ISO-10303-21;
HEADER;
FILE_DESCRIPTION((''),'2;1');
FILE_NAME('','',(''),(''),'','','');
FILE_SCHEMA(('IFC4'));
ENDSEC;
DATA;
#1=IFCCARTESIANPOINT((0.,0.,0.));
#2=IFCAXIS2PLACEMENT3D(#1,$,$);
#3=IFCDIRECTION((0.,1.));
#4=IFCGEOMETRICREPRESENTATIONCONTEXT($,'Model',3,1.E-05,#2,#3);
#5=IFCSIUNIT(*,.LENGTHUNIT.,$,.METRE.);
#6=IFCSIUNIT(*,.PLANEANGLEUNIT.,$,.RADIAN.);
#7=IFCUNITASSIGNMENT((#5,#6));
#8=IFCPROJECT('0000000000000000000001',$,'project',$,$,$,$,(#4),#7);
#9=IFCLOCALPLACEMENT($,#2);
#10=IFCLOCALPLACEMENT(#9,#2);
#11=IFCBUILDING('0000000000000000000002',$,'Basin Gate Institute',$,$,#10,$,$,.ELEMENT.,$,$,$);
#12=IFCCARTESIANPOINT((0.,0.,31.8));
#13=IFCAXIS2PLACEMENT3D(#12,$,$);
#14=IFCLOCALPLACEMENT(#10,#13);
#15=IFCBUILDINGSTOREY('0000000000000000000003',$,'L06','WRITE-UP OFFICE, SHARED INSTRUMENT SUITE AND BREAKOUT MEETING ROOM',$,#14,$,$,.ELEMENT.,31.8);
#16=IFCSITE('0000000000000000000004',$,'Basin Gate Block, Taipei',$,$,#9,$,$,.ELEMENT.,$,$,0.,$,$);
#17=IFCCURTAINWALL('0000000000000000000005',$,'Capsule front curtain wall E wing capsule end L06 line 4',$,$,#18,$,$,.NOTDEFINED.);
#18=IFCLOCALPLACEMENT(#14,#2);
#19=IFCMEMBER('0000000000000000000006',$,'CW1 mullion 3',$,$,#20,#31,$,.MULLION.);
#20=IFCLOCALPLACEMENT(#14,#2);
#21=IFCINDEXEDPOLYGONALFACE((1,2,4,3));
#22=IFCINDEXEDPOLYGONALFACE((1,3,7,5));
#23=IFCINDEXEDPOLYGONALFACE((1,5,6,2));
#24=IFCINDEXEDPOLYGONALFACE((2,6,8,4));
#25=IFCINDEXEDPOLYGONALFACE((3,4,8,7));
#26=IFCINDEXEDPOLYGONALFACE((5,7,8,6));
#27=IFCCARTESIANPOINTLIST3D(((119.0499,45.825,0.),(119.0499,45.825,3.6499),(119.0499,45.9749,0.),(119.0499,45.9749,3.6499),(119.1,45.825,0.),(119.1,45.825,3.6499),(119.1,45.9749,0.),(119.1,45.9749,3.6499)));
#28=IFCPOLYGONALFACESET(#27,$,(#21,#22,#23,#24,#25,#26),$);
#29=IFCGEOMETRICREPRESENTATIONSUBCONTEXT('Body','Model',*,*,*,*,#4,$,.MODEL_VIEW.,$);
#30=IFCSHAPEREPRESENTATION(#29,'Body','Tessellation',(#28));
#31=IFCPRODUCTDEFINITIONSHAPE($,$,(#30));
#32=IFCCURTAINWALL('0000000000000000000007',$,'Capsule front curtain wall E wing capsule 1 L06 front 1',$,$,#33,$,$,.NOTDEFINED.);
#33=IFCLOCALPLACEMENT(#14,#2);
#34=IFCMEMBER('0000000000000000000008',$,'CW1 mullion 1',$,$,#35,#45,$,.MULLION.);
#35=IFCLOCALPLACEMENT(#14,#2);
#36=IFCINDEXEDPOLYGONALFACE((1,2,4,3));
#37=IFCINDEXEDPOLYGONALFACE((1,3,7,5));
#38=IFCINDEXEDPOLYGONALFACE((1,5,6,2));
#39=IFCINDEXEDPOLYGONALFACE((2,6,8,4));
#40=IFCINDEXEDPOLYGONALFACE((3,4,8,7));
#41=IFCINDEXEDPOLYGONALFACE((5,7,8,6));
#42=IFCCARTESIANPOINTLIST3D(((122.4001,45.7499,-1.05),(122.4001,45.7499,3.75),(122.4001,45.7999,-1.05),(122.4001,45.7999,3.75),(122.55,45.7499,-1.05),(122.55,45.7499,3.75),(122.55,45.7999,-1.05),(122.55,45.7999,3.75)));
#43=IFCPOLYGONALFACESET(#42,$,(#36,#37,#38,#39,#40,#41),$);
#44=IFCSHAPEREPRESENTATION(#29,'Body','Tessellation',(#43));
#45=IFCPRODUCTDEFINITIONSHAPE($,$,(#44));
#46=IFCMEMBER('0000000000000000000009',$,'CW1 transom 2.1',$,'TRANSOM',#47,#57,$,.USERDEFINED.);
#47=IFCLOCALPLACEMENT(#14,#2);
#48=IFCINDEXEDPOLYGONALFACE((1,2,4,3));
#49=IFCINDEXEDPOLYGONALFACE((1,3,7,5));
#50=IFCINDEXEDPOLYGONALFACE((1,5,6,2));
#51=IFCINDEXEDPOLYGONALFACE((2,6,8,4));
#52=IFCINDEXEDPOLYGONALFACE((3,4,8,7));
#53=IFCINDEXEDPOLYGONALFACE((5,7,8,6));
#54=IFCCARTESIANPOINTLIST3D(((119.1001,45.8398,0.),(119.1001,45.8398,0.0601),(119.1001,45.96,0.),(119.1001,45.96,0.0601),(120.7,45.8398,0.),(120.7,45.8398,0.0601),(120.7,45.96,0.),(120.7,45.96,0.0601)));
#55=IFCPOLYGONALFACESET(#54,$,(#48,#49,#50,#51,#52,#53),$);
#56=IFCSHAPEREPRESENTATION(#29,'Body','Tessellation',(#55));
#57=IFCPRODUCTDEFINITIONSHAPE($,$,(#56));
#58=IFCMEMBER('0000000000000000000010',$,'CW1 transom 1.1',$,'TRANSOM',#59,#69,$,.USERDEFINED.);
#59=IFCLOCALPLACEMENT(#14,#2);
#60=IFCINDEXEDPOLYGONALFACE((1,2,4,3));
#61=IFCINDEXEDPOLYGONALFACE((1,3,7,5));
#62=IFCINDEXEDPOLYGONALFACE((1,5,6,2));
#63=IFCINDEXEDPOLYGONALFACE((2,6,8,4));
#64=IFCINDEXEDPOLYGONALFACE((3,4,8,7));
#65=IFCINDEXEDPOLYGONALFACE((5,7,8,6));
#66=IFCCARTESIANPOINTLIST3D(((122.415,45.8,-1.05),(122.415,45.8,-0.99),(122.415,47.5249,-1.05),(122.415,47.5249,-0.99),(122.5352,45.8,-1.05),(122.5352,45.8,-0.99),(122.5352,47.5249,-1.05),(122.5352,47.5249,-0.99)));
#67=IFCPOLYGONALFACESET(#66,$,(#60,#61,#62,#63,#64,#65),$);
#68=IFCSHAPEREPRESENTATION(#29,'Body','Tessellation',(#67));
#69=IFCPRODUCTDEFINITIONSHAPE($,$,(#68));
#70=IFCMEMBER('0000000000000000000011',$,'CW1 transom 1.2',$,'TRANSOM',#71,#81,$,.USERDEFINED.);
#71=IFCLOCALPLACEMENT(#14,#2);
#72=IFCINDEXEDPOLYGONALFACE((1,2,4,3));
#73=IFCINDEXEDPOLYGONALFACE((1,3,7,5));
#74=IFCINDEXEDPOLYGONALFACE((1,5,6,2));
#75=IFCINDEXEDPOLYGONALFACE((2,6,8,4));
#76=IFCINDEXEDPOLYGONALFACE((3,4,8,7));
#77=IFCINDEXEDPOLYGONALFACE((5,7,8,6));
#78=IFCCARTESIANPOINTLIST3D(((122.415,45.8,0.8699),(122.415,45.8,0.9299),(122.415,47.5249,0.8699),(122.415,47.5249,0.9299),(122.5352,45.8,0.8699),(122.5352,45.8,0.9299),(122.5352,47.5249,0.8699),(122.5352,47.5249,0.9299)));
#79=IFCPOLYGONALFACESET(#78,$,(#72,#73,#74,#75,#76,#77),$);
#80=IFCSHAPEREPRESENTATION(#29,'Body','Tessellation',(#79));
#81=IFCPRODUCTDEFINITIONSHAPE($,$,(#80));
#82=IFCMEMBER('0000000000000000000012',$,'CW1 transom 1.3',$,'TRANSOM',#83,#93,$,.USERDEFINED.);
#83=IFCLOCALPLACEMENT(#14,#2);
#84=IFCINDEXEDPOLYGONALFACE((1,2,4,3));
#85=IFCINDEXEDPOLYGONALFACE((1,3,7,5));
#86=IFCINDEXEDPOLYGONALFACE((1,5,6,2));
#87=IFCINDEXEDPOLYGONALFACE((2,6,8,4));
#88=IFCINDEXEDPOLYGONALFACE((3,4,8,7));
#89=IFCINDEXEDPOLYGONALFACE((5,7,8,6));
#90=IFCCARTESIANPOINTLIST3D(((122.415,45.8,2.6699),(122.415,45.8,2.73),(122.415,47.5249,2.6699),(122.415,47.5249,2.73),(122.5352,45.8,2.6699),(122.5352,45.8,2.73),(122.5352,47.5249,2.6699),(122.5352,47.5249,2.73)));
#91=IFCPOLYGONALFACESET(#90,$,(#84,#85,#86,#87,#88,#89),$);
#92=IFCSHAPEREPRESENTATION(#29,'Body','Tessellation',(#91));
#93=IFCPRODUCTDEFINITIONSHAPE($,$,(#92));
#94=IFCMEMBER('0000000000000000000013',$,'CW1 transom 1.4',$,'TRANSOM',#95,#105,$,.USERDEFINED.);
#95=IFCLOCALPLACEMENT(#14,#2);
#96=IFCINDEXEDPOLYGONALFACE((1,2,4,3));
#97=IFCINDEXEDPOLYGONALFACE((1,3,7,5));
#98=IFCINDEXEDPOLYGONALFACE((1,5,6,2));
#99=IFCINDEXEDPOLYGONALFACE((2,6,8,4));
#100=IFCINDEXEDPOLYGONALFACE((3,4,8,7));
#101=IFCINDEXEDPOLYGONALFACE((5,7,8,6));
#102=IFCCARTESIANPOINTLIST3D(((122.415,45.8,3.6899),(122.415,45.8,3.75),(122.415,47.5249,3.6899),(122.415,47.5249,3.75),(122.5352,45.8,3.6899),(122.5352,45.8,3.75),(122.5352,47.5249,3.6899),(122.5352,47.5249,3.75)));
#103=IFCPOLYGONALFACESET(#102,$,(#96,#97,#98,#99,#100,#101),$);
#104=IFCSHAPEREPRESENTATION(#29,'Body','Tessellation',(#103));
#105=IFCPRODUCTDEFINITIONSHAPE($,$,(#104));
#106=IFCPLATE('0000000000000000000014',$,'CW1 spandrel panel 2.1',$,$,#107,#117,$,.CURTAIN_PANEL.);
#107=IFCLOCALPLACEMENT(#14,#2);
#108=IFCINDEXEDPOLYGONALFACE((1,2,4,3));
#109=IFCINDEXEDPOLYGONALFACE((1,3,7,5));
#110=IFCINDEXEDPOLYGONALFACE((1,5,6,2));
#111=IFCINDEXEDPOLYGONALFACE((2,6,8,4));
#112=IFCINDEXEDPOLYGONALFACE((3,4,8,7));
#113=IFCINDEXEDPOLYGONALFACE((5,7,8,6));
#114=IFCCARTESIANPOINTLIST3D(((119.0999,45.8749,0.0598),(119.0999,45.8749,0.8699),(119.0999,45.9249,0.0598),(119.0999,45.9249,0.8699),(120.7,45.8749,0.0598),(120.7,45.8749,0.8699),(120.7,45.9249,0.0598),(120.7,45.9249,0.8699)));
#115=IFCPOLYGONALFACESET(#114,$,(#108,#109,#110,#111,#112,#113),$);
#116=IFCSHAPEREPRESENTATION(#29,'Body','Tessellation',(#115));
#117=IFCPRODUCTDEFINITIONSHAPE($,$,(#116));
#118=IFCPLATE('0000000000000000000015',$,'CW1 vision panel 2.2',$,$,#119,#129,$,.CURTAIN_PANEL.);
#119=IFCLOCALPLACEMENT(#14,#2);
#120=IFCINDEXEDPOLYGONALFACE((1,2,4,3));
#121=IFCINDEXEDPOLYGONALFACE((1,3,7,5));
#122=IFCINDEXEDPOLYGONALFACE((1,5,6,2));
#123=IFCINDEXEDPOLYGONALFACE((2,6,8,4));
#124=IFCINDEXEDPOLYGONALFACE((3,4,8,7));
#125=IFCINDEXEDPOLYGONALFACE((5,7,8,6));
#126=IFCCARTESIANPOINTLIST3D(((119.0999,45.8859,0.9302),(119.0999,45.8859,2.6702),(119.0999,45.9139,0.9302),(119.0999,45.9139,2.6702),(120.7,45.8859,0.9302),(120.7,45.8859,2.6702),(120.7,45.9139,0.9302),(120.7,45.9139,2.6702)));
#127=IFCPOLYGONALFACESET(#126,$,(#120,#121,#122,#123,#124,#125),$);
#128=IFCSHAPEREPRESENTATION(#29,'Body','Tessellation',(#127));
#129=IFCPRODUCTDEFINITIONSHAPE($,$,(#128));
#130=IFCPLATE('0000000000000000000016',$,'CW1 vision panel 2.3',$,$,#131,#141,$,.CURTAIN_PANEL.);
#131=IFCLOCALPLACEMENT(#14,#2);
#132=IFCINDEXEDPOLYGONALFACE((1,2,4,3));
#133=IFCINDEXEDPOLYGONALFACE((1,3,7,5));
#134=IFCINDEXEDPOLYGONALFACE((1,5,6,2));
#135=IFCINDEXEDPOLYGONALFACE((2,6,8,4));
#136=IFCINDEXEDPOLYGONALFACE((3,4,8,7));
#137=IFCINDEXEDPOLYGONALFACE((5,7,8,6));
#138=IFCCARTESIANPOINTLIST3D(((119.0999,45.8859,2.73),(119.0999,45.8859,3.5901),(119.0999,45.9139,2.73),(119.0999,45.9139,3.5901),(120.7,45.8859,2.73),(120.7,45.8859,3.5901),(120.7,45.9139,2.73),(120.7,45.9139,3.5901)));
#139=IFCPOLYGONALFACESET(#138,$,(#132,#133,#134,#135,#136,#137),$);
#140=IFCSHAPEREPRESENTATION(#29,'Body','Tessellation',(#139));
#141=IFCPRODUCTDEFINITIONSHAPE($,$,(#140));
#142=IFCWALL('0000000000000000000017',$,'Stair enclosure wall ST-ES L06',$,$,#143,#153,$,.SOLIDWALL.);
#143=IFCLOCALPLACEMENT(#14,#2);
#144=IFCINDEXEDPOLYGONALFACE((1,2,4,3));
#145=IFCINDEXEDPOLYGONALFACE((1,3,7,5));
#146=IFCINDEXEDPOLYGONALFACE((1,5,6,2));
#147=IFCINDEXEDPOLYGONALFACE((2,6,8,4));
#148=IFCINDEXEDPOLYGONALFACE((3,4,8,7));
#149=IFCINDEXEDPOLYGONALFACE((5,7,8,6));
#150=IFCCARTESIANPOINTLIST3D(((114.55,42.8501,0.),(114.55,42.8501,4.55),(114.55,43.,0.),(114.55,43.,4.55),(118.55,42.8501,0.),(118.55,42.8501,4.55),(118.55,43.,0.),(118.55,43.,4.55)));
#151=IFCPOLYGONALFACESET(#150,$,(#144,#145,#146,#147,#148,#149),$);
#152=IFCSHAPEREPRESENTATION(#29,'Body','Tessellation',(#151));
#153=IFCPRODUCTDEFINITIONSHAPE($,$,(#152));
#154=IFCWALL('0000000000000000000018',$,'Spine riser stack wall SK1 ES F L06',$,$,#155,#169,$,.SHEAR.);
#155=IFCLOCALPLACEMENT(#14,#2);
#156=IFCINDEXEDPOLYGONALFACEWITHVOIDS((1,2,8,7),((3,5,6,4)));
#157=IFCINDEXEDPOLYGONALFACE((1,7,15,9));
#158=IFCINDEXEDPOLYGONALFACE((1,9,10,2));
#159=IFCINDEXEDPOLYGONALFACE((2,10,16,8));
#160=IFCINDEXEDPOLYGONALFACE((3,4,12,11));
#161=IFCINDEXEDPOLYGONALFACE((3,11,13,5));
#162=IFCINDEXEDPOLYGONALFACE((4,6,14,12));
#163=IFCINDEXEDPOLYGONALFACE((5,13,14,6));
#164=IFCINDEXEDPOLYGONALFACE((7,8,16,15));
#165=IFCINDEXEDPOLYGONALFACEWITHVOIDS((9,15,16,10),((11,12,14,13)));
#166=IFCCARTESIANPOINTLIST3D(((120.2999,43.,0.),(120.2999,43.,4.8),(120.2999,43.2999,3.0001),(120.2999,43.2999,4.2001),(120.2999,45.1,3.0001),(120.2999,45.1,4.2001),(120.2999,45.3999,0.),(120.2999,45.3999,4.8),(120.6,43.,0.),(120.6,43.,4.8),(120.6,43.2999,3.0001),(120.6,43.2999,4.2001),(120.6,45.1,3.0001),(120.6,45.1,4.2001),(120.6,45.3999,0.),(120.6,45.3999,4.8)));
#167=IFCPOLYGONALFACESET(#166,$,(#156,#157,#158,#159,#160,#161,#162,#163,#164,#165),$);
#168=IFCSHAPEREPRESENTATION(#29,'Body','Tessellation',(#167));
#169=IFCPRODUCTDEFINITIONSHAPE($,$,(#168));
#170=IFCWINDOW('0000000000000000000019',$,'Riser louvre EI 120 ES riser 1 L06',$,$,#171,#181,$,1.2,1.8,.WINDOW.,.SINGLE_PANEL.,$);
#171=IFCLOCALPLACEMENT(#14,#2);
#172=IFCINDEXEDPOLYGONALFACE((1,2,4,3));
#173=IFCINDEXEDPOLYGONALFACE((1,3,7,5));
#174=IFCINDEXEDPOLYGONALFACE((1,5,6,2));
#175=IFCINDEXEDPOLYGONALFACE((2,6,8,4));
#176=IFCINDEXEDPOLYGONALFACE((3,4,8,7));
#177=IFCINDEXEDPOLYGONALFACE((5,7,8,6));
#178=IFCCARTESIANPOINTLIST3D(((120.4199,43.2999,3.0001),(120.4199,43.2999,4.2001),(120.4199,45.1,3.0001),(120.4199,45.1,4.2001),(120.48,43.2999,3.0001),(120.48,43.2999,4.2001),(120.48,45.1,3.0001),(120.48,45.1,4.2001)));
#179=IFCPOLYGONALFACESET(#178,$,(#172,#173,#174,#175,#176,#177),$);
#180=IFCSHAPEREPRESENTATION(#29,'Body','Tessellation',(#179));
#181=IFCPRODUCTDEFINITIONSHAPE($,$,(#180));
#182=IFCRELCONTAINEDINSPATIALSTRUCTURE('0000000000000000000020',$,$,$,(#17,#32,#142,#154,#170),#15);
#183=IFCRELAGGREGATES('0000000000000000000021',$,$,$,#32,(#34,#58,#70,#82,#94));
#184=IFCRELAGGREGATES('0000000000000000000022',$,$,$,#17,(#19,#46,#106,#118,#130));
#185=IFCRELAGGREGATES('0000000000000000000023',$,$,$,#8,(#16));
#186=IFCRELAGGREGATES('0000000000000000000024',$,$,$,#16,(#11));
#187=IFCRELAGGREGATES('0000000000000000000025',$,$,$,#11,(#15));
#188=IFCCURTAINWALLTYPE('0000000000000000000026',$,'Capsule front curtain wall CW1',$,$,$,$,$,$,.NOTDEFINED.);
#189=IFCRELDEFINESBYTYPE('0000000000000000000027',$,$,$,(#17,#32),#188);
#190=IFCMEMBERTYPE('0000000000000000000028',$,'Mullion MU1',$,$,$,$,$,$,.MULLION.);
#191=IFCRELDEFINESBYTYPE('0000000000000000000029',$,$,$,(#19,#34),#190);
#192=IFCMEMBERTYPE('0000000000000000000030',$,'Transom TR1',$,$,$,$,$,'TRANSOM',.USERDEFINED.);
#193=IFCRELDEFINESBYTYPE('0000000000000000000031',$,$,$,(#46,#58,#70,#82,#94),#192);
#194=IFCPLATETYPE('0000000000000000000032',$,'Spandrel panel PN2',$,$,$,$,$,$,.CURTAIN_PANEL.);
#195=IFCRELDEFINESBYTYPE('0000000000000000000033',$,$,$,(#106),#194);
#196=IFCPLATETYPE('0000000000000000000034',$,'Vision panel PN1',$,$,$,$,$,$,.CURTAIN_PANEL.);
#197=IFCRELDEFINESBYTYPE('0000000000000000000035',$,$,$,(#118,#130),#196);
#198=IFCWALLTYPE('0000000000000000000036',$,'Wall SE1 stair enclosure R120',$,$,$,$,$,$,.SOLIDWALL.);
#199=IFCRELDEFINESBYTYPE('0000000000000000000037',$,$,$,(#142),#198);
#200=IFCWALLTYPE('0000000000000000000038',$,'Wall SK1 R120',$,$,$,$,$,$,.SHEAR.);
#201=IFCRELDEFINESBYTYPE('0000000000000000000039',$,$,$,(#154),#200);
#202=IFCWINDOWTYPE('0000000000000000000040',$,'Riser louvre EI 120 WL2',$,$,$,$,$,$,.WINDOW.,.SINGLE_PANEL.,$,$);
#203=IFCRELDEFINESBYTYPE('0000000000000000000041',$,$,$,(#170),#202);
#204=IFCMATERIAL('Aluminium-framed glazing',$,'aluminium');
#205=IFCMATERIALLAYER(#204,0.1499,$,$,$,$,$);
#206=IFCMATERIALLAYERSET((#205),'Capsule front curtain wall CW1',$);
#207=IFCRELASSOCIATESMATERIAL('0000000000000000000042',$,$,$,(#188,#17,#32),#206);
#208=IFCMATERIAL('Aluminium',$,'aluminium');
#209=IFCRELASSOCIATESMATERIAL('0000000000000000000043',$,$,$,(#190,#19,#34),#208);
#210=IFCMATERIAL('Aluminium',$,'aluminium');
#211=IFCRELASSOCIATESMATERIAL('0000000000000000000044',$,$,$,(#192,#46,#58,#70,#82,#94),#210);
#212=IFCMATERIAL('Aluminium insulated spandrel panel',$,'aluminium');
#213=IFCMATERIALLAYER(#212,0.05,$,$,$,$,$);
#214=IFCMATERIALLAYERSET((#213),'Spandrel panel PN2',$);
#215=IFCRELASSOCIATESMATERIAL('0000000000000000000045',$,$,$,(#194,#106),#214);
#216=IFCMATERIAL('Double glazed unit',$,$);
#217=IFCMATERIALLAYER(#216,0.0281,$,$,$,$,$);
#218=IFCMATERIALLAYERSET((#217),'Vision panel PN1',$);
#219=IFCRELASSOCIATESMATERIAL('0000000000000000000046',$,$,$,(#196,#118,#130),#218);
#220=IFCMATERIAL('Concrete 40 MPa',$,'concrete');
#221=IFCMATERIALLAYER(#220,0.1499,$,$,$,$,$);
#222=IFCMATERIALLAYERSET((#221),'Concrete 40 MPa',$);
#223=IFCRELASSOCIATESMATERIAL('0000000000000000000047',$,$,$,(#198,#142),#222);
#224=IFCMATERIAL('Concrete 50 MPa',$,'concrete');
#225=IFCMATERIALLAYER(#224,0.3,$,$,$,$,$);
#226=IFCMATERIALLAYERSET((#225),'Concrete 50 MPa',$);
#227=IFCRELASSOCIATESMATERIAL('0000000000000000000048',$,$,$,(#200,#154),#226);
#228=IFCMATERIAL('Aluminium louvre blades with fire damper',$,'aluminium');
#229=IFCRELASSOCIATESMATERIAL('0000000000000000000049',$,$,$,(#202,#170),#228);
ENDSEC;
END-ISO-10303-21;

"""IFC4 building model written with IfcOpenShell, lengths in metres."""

from ifc_helpers import new_model, si_unit, direction, frame, frame_2d, origin, origin_2d, place, context, subcontext, project, spatial, rectangle, extrude, material, layer, layer_set, material_profile, profile_set, type_object, element, fill, aggregate, save


model = new_model("IFC4")

# Units and contexts
model_context = context("Model", 3, precision=1e-05, world=origin(), true_north=direction((0.0, 1.0)))
body_context = subcontext(model_context, "Body", "Model", "MODEL_VIEW")
ifc_project = project(units=[si_unit("LENGTHUNIT", "METRE"), si_unit("PLANEANGLEUNIT", "RADIAN")], contexts=[model_context])

# Site, building, storey
site_placement = place(None, origin())
site = spatial("IfcSite", under=ifc_project, at=site_placement, Name="Basin Gate Block, Taipei", CompositionType="ELEMENT", RefElevation=0.0)
building_placement = place(site_placement, origin())
building = spatial("IfcBuilding", under=site, at=building_placement, Name="Basin Gate Institute", CompositionType="ELEMENT")
storey_placement = place(building_placement, frame((0.0, 0.0, 31.8)))
storey = spatial("IfcBuildingStorey", under=building, at=storey_placement, Name="L06", Description="WRITE-UP OFFICE, SHARED INSTRUMENT SUITE AND BREAKOUT MEETING ROOM", CompositionType="ELEMENT", Elevation=31.8)

# Curtain walls, members
ifc_material_1 = material(Name="Aluminium-framed glazing", Category="aluminium")
ifc_layer_1 = layer(ifc_material_1, 0.1499)
ifc_layer_set_1 = layer_set([ifc_layer_1], Name="Capsule front curtain wall CW1")
curtain_wall_type = type_object("IfcCurtainWallType", Name="Capsule front curtain wall CW1", PredefinedType="NOTDEFINED", material=ifc_layer_set_1)
curtain_wall_1_placement = place(storey_placement, origin())
curtain_wall_1 = element("IfcCurtainWall", 1, at=curtain_wall_1_placement, inside=storey, type_object=curtain_wall_type, material=ifc_layer_set_1, Name="Capsule front curtain wall E wing capsule end L06 line 4", PredefinedType="NOTDEFINED")
ifc_material_2 = material(Name="Aluminium", Category="aluminium")
ifc_material_profile_1 = material_profile(ifc_material_2, rectangle(XDim=0.1499, YDim=0.05, at=origin_2d()), Name="Mullion MU1 150 x 50")
ifc_profile_set_1 = profile_set([ifc_material_profile_1], Name="Aluminium")
member_type_1 = type_object("IfcMemberType", Name="Mullion MU1", PredefinedType="MULLION", material=ifc_profile_set_1)
member_1_placement = place(storey_placement, frame((119.075, 45.8999, 0.0), z_axis=(0.0, 0.0, 1.0), x_axis=(0.0, -1.0, 0.0)))
member_1 = element("IfcMember", 2, at=member_1_placement, type_object=member_type_1, material=ifc_profile_set_1, Name="CW1 mullion 3", PredefinedType="MULLION", context=body_context, shape_type="SweptSolid", body=[
    extrude(rectangle(XDim=0.1499, YDim=0.05, at=origin_2d()), origin(), (0.0, 0.0, 1.0), 3.6499),
])
curtain_wall_2_placement = place(storey_placement, origin())
curtain_wall_2 = element("IfcCurtainWall", 3, at=curtain_wall_2_placement, inside=storey, type_object=curtain_wall_type, material=ifc_layer_set_1, Name="Capsule front curtain wall E wing capsule 1 L06 front 1", PredefinedType="NOTDEFINED")
member_2_placement = place(storey_placement, frame((122.4751, 45.7749, -1.05), z_axis=(0.0, 0.0, 1.0), x_axis=(-1.0, 0.0, 0.0)))
member_2 = element("IfcMember", 4, at=member_2_placement, type_object=member_type_1, material=ifc_profile_set_1, Name="CW1 mullion 1", PredefinedType="MULLION", context=body_context, shape_type="SweptSolid", body=[
    extrude(rectangle(XDim=0.1499, YDim=0.05, at=origin_2d()), origin(), (0.0, 0.0, 1.0), 4.8),
])

# Members
ifc_material_3 = material(Name="Aluminium", Category="aluminium")
ifc_material_profile_2 = material_profile(ifc_material_3, rectangle(XDim=0.1201, YDim=0.0601, at=origin_2d()), Name="Transom TR1 120 x 60")
ifc_profile_set_2 = profile_set([ifc_material_profile_2], Name="Aluminium")
member_type_2 = type_object("IfcMemberType", Name="Transom TR1", ElementType="TRANSOM", PredefinedType="USERDEFINED", material=ifc_profile_set_2)
member_3_placement = place(storey_placement, frame((120.7, 45.8999, 0.03), z_axis=(-1.0, 0.0, 0.0), x_axis=(0.0, -1.0, 0.0)))
member_3 = element("IfcMember", 5, at=member_3_placement, type_object=member_type_2, material=ifc_profile_set_2, Name="CW1 transom 2.1", ObjectType="TRANSOM", PredefinedType="USERDEFINED", context=body_context, shape_type="SweptSolid", body=[
    extrude(rectangle(XDim=0.1201, YDim=0.0601, at=origin_2d()), origin(), (0.0, 0.0, 1.0), 1.5999),
])
member_4_placement = place(storey_placement, frame((122.4751, 45.8, -1.02), z_axis=(0.0, 1.0, 0.0), x_axis=(-1.0, 0.0, 0.0)))
member_4 = element("IfcMember", 6, at=member_4_placement, type_object=member_type_2, material=ifc_profile_set_2, Name="CW1 transom 1.1", ObjectType="TRANSOM", PredefinedType="USERDEFINED", context=body_context, shape_type="SweptSolid", body=[
    extrude(rectangle(XDim=0.1201, YDim=0.0601, at=origin_2d()), origin(), (0.0, 0.0, 1.0), 1.7249),
])
member_5_placement = place(storey_placement, frame((122.4751, 45.8, 0.8999), z_axis=(0.0, 1.0, 0.0), x_axis=(-1.0, 0.0, 0.0)))
member_5 = element("IfcMember", 7, at=member_5_placement, type_object=member_type_2, material=ifc_profile_set_2, Name="CW1 transom 1.2", ObjectType="TRANSOM", PredefinedType="USERDEFINED", context=body_context, shape_type="SweptSolid", body=[
    extrude(rectangle(XDim=0.1201, YDim=0.0601, at=origin_2d()), origin(), (0.0, 0.0, 1.0), 1.7249),
])
member_6_placement = place(storey_placement, frame((122.4751, 45.8, 2.7), z_axis=(0.0, 1.0, 0.0), x_axis=(-1.0, 0.0, 0.0)))
member_6 = element("IfcMember", 8, at=member_6_placement, type_object=member_type_2, material=ifc_profile_set_2, Name="CW1 transom 1.3", ObjectType="TRANSOM", PredefinedType="USERDEFINED", context=body_context, shape_type="SweptSolid", body=[
    extrude(rectangle(XDim=0.1201, YDim=0.0601, at=origin_2d()), origin(), (0.0, 0.0, 1.0), 1.7249),
])
member_7_placement = place(storey_placement, frame((122.4751, 45.8, 3.72), z_axis=(0.0, 1.0, 0.0), x_axis=(-1.0, 0.0, 0.0)))
member_7 = element("IfcMember", 9, at=member_7_placement, type_object=member_type_2, material=ifc_profile_set_2, Name="CW1 transom 1.4", ObjectType="TRANSOM", PredefinedType="USERDEFINED", context=body_context, shape_type="SweptSolid", body=[
    extrude(rectangle(XDim=0.1201, YDim=0.0601, at=origin_2d()), origin(), (0.0, 0.0, 1.0), 1.7249),
])
aggregate(curtain_wall_2, [member_2, member_4, member_5, member_6, member_7])

# Plates
ifc_material_4 = material(Name="Aluminium insulated spandrel panel", Category="aluminium")
ifc_layer_2 = layer(ifc_material_4, 0.05)
ifc_layer_set_2 = layer_set([ifc_layer_2], Name="Spandrel panel PN2")
plate_type_1 = type_object("IfcPlateType", Name="Spandrel panel PN2", PredefinedType="CURTAIN_PANEL", material=ifc_layer_set_2)
plate_1_placement = place(storey_placement, frame((119.8999, 45.8999, 0.0598), z_axis=(0.0, 0.0, 1.0), x_axis=(-1.0, 0.0, 0.0)))
plate_1 = element("IfcPlate", 10, at=plate_1_placement, type_object=plate_type_1, material=ifc_layer_set_2, Name="CW1 spandrel panel 2.1", PredefinedType="CURTAIN_PANEL", context=body_context, shape_type="SweptSolid", body=[
    extrude(rectangle(XDim=1.6001, YDim=0.05, at=origin_2d()), origin(), (0.0, 0.0, 1.0), 0.8101),
])
ifc_material_5 = material(Name="Double glazed unit")
ifc_layer_3 = layer(ifc_material_5, 0.0281)
ifc_layer_set_3 = layer_set([ifc_layer_3], Name="Vision panel PN1")
plate_type_2 = type_object("IfcPlateType", Name="Vision panel PN1", PredefinedType="CURTAIN_PANEL", material=ifc_layer_set_3)
plate_2_placement = place(storey_placement, frame((119.8999, 45.8999, 0.9302), z_axis=(0.0, 0.0, 1.0), x_axis=(-1.0, 0.0, 0.0)))
plate_2 = element("IfcPlate", 11, at=plate_2_placement, type_object=plate_type_2, material=ifc_layer_set_3, Name="CW1 vision panel 2.2", PredefinedType="CURTAIN_PANEL", context=body_context, shape_type="SweptSolid", body=[
    extrude(rectangle(XDim=1.6001, YDim=0.0281, at=origin_2d()), origin(), (0.0, 0.0, 1.0), 1.74),
])
plate_3_placement = place(storey_placement, frame((119.8999, 45.8999, 2.73), z_axis=(0.0, 0.0, 1.0), x_axis=(-1.0, 0.0, 0.0)))
plate_3 = element("IfcPlate", 12, at=plate_3_placement, type_object=plate_type_2, material=ifc_layer_set_3, Name="CW1 vision panel 2.3", PredefinedType="CURTAIN_PANEL", context=body_context, shape_type="SweptSolid", body=[
    extrude(rectangle(XDim=1.6001, YDim=0.0281, at=origin_2d()), origin(), (0.0, 0.0, 1.0), 0.8601),
])
aggregate(curtain_wall_1, [member_1, member_3, plate_1, plate_2, plate_3])

# Wall
ifc_material_6 = material(Name="Concrete 40 MPa", Category="concrete")
ifc_layer_4 = layer(ifc_material_6, 0.1499)
ifc_layer_set_4 = layer_set([ifc_layer_4], Name="Concrete 40 MPa")
wall_type_1 = type_object("IfcWallType", Name="Wall SE1 stair enclosure R120", PredefinedType="SOLIDWALL", material=ifc_layer_set_4)
wall_1_placement = place(storey_placement, frame((118.55, 42.925, 0.0), z_axis=(0.0, 0.0, 1.0), x_axis=(-1.0, 0.0, 0.0)))
element("IfcWall", 13, at=wall_1_placement, inside=storey, type_object=wall_type_1, material=ifc_layer_set_4, Name="Stair enclosure wall ST-ES L06", PredefinedType="SOLIDWALL", context=body_context, shape_type="SweptSolid", body=[
    extrude(rectangle(XDim=4.0, YDim=0.1499, at=frame_2d((2.0, 0.0))), origin(), (0.0, 0.0, 1.0), 4.55),
])

# Wall, opening, window
ifc_material_7 = material(Name="Concrete 50 MPa", Category="concrete")
ifc_layer_5 = layer(ifc_material_7, 0.3)
ifc_layer_set_5 = layer_set([ifc_layer_5], Name="Concrete 50 MPa")
wall_type_2 = type_object("IfcWallType", Name="Wall SK1 R120", PredefinedType="SHEAR", material=ifc_layer_set_5)
wall_2_placement = place(storey_placement, frame((120.45, 43.0, 0.0), z_axis=(0.0, 0.0, 1.0), x_axis=(0.0, 1.0, 0.0)))
wall_2 = element("IfcWall", 14, at=wall_2_placement, inside=storey, type_object=wall_type_2, material=ifc_layer_set_5, Name="Spine riser stack wall SK1 ES F L06", PredefinedType="SHEAR", context=body_context, shape_type="SweptSolid", body=[
    extrude(rectangle(XDim=2.3999, YDim=0.3, at=frame_2d((1.2, 0.0))), origin(), (0.0, 0.0, 1.0), 4.8),
])
opening_1_placement = place(wall_2_placement, frame((0.3, 0.0, 3.0)))
opening_1 = element("IfcOpeningElement", 15, at=opening_1_placement, cuts=wall_2, PredefinedType="OPENING", context=body_context, shape_type="SweptSolid", body=[
    extrude(rectangle(XDim=1.8, YDim=1.2, at=frame_2d((0.8999, 0.6001))), frame((0.0, 0.1602, 0.0), z_axis=(0.0, -1.0, 0.0), x_axis=(1.0, 0.0, 0.0)), (0.0, 0.0, 1.0), 0.3201),
])
ifc_material_8 = material(Name="Aluminium louvre blades with fire damper", Category="aluminium")
window_type_1 = type_object("IfcWindowType", Name="Riser louvre EI 120 WL2", PartitioningType="SINGLE_PANEL", PredefinedType="WINDOW", material=ifc_material_8)
window_1_placement = place(opening_1_placement, origin())
window_1 = element("IfcWindow", 16, at=window_1_placement, inside=storey, type_object=window_type_1, material=ifc_material_8, Name="Riser louvre EI 120 ES riser 1 L06", OverallHeight=1.2, OverallWidth=1.8, PartitioningType="SINGLE_PANEL", PredefinedType="WINDOW", context=body_context, shape_type="SweptSolid", body=[
    extrude(rectangle(XDim=1.8, YDim=1.2, at=frame_2d((0.8999, 0.6001))), frame((0.0, 0.03, 0.0), z_axis=(0.0, -1.0, 0.0), x_axis=(1.0, 0.0, 0.0)), (0.0, 0.0, 1.0), 0.0601),
])
fill(opening_1, window_1)

save(model, "model.ifc")
